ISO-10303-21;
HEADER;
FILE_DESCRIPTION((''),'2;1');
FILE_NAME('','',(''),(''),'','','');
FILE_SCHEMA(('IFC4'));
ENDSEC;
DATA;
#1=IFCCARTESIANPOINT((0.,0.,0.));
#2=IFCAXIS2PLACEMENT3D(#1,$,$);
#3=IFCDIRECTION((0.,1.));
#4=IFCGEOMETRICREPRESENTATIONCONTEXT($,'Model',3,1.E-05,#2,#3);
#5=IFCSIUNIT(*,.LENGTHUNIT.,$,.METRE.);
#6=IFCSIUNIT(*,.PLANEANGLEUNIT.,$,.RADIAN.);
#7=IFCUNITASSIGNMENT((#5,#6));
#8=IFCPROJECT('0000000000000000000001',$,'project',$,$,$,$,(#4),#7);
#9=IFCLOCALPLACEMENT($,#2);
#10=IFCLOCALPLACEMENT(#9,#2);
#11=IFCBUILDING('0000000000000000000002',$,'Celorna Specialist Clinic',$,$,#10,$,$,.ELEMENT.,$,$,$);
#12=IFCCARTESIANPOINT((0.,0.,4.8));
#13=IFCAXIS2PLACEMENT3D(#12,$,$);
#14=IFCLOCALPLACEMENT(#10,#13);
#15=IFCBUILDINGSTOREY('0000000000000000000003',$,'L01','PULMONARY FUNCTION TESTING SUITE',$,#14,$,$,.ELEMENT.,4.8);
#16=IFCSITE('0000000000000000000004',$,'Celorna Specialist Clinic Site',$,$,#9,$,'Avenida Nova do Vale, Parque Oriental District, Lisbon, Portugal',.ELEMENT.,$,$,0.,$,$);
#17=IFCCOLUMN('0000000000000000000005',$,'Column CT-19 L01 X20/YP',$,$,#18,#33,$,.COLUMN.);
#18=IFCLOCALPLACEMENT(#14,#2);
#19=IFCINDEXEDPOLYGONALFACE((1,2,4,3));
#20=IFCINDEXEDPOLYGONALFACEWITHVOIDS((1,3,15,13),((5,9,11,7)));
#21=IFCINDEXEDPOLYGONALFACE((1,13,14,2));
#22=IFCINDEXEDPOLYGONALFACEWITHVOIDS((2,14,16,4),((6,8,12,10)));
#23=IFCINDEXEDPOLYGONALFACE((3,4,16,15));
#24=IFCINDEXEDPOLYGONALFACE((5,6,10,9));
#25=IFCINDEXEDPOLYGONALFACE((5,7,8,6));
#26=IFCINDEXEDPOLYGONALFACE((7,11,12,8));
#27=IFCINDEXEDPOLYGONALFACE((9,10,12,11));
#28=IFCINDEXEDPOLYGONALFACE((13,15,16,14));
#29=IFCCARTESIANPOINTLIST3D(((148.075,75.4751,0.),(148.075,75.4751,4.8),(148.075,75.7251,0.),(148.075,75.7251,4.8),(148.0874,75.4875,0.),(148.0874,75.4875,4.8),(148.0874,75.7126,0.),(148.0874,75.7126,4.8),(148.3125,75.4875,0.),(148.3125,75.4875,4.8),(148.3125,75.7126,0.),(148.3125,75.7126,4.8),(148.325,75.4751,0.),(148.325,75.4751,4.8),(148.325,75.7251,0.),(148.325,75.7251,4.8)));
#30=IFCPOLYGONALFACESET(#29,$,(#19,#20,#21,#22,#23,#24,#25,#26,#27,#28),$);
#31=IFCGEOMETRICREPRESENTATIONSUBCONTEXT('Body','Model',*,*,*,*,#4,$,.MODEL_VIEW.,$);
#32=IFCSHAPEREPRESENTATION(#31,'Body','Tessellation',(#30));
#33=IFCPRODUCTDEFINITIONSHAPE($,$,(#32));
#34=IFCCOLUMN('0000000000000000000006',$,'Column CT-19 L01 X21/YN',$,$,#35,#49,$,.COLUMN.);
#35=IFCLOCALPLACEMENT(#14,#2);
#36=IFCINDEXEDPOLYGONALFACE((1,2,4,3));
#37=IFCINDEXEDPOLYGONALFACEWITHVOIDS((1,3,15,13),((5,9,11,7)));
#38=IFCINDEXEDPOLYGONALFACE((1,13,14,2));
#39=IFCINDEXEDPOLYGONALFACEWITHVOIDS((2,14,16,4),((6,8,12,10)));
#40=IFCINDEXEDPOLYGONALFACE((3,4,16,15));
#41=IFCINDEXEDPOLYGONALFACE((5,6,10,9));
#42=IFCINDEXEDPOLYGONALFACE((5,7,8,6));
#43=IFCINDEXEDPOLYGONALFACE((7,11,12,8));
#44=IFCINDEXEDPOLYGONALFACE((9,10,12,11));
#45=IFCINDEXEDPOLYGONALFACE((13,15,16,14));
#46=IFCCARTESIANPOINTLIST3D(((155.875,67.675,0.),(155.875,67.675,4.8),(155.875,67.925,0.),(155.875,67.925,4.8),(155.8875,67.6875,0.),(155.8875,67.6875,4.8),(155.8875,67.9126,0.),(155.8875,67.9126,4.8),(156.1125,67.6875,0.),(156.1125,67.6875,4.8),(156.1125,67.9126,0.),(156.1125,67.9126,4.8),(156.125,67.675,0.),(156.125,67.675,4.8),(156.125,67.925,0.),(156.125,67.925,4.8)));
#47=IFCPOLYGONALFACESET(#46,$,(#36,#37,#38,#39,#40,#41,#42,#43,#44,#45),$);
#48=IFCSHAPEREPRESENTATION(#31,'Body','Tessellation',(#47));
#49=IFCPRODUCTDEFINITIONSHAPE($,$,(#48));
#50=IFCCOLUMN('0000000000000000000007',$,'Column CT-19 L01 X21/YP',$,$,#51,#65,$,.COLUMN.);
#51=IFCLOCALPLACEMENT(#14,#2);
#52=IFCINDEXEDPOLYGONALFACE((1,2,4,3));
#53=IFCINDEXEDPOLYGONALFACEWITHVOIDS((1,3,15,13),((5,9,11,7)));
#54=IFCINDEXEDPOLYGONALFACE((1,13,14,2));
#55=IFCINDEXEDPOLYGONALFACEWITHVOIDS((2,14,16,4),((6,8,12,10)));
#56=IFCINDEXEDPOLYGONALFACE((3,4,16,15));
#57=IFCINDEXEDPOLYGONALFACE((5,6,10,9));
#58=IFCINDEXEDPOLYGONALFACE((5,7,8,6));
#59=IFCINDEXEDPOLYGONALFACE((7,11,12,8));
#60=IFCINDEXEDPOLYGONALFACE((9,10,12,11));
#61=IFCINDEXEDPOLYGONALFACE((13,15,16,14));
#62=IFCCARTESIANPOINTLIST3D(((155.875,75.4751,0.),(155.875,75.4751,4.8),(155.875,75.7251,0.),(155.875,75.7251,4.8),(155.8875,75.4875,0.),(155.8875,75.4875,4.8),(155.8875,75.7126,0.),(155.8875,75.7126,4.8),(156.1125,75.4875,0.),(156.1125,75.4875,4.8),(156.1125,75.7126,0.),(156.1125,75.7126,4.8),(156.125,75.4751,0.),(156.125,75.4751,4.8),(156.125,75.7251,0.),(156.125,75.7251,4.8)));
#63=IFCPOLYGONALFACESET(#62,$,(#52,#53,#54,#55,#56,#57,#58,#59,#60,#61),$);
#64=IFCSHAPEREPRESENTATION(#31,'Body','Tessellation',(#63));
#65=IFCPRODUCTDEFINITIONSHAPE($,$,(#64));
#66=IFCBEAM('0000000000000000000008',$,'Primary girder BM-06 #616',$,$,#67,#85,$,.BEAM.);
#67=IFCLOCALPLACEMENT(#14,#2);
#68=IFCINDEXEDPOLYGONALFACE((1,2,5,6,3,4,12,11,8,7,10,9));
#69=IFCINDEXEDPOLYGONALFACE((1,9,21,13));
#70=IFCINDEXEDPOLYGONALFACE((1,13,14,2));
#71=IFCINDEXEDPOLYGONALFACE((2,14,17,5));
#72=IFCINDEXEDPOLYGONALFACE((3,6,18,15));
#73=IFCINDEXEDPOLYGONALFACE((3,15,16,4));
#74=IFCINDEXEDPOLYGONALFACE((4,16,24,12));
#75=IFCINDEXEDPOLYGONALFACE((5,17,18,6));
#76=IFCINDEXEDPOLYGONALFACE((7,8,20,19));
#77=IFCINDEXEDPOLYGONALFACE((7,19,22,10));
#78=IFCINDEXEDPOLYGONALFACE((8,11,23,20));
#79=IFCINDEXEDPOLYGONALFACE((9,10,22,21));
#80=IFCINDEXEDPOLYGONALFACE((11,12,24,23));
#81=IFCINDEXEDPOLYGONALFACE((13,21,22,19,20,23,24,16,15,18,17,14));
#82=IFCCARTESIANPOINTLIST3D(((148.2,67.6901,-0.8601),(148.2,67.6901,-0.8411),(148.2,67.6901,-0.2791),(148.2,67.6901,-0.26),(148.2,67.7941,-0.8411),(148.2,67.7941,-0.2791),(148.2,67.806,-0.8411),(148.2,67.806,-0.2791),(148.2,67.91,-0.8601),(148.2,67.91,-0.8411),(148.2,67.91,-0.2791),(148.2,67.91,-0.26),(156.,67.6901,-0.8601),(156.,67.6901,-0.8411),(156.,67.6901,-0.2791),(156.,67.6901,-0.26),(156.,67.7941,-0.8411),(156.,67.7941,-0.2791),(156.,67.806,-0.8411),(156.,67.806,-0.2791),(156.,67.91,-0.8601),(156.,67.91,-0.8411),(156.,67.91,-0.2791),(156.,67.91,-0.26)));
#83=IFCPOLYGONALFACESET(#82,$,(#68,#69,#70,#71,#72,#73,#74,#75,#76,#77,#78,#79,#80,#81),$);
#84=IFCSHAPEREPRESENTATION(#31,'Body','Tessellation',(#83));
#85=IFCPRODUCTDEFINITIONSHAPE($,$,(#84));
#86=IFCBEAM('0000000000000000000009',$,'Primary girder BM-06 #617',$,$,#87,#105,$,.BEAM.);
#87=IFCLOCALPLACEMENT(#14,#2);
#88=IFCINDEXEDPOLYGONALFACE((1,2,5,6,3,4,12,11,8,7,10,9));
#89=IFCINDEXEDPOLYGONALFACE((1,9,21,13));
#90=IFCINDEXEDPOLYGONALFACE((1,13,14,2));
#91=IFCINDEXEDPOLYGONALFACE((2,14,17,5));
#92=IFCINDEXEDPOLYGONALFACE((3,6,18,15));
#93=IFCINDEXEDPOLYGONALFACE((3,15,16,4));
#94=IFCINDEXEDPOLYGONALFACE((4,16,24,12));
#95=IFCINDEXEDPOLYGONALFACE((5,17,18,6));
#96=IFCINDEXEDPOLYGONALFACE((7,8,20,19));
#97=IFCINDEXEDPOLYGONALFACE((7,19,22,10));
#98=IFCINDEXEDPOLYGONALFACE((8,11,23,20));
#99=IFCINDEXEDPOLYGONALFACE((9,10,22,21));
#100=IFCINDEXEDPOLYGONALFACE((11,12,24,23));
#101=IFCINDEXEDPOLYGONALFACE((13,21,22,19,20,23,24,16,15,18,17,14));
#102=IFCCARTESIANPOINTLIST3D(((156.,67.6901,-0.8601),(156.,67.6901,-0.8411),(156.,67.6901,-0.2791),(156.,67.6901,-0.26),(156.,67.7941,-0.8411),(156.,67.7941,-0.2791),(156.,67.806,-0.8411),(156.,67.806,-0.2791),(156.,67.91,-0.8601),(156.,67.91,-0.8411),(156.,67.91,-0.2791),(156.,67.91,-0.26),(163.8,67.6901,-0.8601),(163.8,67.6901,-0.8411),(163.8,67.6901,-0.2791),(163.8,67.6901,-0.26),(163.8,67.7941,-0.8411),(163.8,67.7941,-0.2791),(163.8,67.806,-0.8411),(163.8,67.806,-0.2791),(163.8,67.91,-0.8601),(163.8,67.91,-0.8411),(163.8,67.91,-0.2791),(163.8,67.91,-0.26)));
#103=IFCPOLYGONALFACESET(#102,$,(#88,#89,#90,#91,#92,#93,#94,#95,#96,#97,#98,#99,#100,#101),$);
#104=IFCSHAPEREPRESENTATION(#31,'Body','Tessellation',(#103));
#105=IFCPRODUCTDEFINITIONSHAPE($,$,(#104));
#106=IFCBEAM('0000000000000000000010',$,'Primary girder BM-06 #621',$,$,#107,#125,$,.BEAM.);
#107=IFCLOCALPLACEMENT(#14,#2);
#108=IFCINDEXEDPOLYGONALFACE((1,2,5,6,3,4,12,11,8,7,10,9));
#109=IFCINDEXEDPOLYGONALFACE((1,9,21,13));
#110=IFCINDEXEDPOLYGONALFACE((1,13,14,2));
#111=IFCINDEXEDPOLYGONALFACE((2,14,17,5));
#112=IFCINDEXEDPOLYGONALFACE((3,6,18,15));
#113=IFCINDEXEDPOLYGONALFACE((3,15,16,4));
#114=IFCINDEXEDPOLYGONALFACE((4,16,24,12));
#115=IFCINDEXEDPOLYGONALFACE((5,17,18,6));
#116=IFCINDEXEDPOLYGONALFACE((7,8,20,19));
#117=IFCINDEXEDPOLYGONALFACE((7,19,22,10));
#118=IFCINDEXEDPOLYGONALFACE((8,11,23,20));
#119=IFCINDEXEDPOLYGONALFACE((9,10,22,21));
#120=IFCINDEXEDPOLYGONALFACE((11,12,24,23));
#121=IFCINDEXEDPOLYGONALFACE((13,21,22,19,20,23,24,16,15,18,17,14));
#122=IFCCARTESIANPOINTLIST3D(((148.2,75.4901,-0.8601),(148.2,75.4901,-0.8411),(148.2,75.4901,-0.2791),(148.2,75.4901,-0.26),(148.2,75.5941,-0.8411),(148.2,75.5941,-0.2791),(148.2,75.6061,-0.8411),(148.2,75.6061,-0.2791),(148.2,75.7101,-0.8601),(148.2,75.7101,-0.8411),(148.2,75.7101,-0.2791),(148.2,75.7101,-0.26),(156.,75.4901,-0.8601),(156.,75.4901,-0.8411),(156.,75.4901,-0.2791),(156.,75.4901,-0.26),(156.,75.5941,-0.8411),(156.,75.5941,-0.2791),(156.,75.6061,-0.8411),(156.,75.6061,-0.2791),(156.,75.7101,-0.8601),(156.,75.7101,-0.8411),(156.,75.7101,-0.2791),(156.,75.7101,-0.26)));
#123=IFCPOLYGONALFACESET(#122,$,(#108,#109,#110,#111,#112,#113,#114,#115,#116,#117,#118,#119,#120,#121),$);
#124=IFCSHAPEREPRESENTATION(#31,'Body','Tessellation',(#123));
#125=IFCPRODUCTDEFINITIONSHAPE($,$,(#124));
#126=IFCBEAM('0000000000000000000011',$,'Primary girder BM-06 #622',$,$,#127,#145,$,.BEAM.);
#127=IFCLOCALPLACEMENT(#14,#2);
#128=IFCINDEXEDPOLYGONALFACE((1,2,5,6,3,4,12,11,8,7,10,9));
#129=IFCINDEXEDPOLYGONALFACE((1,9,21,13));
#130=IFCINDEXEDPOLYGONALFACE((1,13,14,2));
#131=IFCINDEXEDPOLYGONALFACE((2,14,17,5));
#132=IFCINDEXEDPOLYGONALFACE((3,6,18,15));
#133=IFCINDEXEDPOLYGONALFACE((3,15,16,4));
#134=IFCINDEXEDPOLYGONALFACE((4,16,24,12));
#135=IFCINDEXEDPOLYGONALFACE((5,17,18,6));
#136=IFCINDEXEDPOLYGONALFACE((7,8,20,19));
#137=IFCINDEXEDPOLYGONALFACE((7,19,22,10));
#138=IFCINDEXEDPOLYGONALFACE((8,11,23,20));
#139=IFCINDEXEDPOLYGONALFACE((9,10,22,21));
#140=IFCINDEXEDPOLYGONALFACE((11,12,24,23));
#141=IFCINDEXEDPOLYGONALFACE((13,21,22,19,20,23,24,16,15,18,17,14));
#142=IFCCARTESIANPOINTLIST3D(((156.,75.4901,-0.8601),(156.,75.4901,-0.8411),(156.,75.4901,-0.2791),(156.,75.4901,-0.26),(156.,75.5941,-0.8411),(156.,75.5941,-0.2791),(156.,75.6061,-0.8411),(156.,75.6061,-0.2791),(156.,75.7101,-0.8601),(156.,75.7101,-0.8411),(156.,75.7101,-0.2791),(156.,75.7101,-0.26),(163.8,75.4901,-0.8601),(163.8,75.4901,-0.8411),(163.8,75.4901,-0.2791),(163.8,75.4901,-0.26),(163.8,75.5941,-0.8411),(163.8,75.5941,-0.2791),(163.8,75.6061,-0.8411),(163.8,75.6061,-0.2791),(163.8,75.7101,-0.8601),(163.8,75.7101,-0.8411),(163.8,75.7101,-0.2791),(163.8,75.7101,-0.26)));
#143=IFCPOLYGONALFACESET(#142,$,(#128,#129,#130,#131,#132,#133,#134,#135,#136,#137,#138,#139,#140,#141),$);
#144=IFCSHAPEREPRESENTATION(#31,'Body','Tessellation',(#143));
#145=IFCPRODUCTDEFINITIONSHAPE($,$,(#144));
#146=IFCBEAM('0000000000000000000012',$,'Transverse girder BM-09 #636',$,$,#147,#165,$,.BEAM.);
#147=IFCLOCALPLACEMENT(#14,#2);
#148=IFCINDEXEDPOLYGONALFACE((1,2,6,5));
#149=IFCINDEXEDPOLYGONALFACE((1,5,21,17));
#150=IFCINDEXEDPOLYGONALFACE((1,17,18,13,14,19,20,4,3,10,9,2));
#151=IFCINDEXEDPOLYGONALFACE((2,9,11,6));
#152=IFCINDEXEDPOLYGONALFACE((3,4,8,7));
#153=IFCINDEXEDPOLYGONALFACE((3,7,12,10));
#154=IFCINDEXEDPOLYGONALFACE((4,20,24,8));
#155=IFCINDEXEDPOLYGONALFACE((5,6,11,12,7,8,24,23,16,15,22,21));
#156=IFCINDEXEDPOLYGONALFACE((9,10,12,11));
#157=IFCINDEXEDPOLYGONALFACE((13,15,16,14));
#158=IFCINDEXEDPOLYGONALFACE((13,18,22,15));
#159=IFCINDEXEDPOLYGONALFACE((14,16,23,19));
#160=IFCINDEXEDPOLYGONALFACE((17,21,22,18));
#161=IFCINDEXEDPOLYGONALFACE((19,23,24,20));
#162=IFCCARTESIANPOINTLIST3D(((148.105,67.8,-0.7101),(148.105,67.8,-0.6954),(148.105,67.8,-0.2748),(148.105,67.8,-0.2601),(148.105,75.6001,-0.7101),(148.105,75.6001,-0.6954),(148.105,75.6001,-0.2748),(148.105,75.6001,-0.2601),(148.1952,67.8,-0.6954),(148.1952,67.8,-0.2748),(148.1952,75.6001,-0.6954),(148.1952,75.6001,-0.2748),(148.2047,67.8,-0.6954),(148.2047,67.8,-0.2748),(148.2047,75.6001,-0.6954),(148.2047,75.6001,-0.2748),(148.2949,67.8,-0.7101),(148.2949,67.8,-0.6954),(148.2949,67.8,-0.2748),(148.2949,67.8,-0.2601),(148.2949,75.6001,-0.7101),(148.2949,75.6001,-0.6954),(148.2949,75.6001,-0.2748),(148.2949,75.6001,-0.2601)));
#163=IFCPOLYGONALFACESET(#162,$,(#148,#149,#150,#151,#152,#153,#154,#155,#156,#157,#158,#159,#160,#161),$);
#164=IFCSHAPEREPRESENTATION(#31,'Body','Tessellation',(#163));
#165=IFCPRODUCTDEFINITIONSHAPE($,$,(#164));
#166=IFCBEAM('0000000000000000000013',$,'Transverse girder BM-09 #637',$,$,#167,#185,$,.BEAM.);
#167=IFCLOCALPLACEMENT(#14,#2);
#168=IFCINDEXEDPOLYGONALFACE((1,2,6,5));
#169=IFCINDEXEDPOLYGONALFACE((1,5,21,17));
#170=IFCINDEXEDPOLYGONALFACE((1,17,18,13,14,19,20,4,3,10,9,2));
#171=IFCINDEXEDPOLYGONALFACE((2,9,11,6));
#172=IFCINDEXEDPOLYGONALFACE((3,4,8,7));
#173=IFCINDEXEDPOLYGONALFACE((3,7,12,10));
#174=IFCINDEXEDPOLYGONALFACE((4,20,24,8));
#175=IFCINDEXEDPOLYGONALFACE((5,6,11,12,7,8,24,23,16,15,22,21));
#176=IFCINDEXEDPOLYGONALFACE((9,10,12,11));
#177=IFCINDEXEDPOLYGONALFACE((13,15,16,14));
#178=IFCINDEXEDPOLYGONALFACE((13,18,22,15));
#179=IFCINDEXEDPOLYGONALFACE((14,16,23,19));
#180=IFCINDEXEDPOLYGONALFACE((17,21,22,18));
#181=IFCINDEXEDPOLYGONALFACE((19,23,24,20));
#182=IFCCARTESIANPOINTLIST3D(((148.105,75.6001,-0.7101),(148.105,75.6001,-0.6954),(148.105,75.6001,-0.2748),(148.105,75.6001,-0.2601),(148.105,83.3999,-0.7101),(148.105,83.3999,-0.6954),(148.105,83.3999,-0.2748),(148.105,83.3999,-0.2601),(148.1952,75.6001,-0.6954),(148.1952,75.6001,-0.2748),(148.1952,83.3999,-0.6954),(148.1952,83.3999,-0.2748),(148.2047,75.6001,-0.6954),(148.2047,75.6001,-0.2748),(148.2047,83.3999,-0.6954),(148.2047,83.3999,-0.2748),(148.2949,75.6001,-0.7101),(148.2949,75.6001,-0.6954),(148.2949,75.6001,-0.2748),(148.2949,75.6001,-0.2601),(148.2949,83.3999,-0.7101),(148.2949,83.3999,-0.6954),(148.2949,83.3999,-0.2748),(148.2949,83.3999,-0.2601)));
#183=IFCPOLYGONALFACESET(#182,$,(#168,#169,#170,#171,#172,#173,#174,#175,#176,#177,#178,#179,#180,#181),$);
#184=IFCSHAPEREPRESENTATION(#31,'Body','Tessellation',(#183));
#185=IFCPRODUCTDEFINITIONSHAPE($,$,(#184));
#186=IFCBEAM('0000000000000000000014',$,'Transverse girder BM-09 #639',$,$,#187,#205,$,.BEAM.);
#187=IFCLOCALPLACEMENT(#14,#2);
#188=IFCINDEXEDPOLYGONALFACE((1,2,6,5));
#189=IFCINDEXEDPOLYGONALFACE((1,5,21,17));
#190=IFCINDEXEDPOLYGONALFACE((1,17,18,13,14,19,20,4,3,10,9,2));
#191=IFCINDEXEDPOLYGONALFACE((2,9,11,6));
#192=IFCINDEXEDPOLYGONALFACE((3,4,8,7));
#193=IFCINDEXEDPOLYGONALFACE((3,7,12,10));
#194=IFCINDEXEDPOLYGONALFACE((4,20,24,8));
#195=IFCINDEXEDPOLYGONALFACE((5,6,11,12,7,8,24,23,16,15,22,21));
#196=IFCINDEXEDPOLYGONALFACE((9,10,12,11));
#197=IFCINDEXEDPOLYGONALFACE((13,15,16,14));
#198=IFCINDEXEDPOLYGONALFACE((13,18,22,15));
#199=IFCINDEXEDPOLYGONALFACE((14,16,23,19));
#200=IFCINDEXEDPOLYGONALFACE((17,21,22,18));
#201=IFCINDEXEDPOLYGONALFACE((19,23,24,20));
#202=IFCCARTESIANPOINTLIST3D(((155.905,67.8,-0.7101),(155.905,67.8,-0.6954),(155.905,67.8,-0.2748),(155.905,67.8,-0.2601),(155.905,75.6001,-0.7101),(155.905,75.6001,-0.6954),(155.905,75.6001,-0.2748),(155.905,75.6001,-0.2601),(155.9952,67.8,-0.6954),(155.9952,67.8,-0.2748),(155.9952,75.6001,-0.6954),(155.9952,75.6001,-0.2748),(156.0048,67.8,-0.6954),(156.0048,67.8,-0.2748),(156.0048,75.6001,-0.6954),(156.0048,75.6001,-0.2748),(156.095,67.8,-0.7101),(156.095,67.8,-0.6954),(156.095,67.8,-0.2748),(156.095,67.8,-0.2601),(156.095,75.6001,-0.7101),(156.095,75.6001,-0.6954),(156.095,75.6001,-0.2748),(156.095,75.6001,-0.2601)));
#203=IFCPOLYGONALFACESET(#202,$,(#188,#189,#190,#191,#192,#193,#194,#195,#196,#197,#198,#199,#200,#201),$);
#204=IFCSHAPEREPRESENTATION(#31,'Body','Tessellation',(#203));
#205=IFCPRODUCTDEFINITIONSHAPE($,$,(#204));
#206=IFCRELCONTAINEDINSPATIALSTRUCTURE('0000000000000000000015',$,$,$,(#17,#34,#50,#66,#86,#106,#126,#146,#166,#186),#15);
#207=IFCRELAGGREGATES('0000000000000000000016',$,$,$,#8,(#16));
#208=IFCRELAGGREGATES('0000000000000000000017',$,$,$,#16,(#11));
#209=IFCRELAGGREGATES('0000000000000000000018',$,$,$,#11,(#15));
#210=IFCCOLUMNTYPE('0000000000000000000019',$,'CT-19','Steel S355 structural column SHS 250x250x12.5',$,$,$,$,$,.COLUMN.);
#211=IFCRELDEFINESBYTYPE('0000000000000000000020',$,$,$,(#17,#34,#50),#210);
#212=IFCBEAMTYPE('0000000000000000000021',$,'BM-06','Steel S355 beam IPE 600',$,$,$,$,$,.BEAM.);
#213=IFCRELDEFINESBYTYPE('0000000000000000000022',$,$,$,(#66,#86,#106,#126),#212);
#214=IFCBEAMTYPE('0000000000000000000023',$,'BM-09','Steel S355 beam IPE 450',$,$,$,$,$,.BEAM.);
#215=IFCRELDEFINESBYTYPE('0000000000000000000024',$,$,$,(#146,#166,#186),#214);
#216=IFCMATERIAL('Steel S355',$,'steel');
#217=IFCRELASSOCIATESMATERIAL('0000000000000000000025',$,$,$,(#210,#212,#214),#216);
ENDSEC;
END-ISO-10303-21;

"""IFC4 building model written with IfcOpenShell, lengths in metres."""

from ifc_helpers import new_model, si_unit, direction, frame, origin, origin_2d, place, context, subcontext, project, spatial, hollow_rectangle, i_section, extrude, material, material_profile, profile_set, type_object, element, save


model = new_model("IFC4")

# Units and contexts
model_context = context("Model", 3, precision=1e-05, world=origin(), true_north=direction((0.0, 1.0)))
body_context = subcontext(model_context, "Body", "Model", "MODEL_VIEW")
ifc_project = project(units=[si_unit("LENGTHUNIT", "METRE"), si_unit("PLANEANGLEUNIT", "RADIAN")], contexts=[model_context])

# Site, building, storey
site_placement = place(None, origin())
site = spatial("IfcSite", under=ifc_project, at=site_placement, Name="Celorna Specialist Clinic Site", LongName="Avenida Nova do Vale, Parque Oriental District, Lisbon, Portugal", CompositionType="ELEMENT", RefElevation=0.0)
building_placement = place(site_placement, origin())
building = spatial("IfcBuilding", under=site, at=building_placement, Name="Celorna Specialist Clinic", CompositionType="ELEMENT")
storey_placement = place(building_placement, frame((0.0, 0.0, 4.8)))
storey = spatial("IfcBuildingStorey", under=building, at=storey_placement, Name="L01", Description="PULMONARY FUNCTION TESTING SUITE", CompositionType="ELEMENT", Elevation=4.8)

# Columns
ifc_material_1 = material(Name="Steel S355", Category="steel")
ifc_material_profile_1 = material_profile(ifc_material_1, hollow_rectangle(XDim=0.25, YDim=0.25, WallThickness=0.0125, at=origin_2d()), Name="SHS 250x250x12.5")
ifc_profile_set_1 = profile_set([ifc_material_profile_1], Name="Steel S355")
column_type = type_object("IfcColumnType", Name="CT-19", Description="Steel S355 structural column SHS 250x250x12.5", PredefinedType="COLUMN", material=ifc_profile_set_1)
for number, where, z_axis, x_axis, name in (
    (1, (148.2, 75.6001, 0.0), (0.0, 0.0, 1.0), (1.0, 0.0, 0.0), "Column CT-19 L01 X20/YP"),
    (2, (156.0, 67.8, 0.0), (0.0, 0.0, 1.0), (1.0, 0.0, 0.0), "Column CT-19 L01 X21/YN"),
    (3, (156.0, 75.6001, 0.0), (0.0, 0.0, 1.0), (1.0, 0.0, 0.0), "Column CT-19 L01 X21/YP"),
):
    element("IfcColumn", number, at=place(storey_placement, frame(where, z_axis=z_axis, x_axis=x_axis)), inside=storey, type_object=column_type, Name=name, PredefinedType="COLUMN", context=body_context, shape_type="SweptSolid", body=[
        extrude(hollow_rectangle(XDim=0.25, YDim=0.25, WallThickness=0.0125, at=origin_2d()), origin(), (0.0, 0.0, 1.0), 4.8),
    ])

# Beams
ifc_material_profile_2 = material_profile(ifc_material_1, i_section(OverallWidth=0.22, OverallDepth=0.6001, WebThickness=0.012, FlangeThickness=0.019, at=origin_2d()), Name="IPE 600")
ifc_profile_set_2 = profile_set([ifc_material_profile_2], Name="Steel S355")
beam_type_1 = type_object("IfcBeamType", Name="BM-06", Description="Steel S355 beam IPE 600", PredefinedType="BEAM", material=ifc_profile_set_2)
for number, where, z_axis, x_axis, name in (
    (4, (148.2, 67.8, -0.5601), (1.0, 0.0, 0.0), (0.0, 1.0, 0.0), "Primary girder BM-06 #616"),
    (5, (156.0, 67.8, -0.5601), (1.0, 0.0, 0.0), (0.0, 1.0, 0.0), "Primary girder BM-06 #617"),
    (6, (148.2, 75.6001, -0.5601), (1.0, 0.0, 0.0), (0.0, 1.0, 0.0), "Primary girder BM-06 #621"),
    (7, (156.0, 75.6001, -0.5601), (1.0, 0.0, 0.0), (0.0, 1.0, 0.0), "Primary girder BM-06 #622"),
):
    element("IfcBeam", number, at=place(storey_placement, frame(where, z_axis=z_axis, x_axis=x_axis)), inside=storey, type_object=beam_type_1, Name=name, PredefinedType="BEAM", context=body_context, shape_type="SweptSolid", body=[
        extrude(i_section(OverallWidth=0.22, OverallDepth=0.6001, WebThickness=0.012, FlangeThickness=0.019, at=origin_2d()), origin(), (0.0, 0.0, 1.0), 7.8),
    ])
ifc_material_profile_3 = material_profile(ifc_material_1, i_section(OverallWidth=0.1899, OverallDepth=0.45, WebThickness=0.0095, FlangeThickness=0.0146, at=origin_2d()), Name="IPE 450")
ifc_profile_set_3 = profile_set([ifc_material_profile_3], Name="Steel S355")
beam_type_2 = type_object("IfcBeamType", Name="BM-09", Description="Steel S355 beam IPE 450", PredefinedType="BEAM", material=ifc_profile_set_3)
beam_1_placement = place(storey_placement, frame((148.2, 67.8, -0.4851), z_axis=(0.0, 1.0, 0.0), x_axis=(-1.0, 0.0, 0.0)))
element("IfcBeam", 8, at=beam_1_placement, inside=storey, type_object=beam_type_2, Name="Transverse girder BM-09 #636", PredefinedType="BEAM", context=body_context, shape_type="SweptSolid", body=[
    extrude(i_section(OverallWidth=0.1899, OverallDepth=0.45, WebThickness=0.0095, FlangeThickness=0.0146, at=origin_2d()), origin(), (0.0, 0.0, 1.0), 7.8),
])
beam_2_placement = place(storey_placement, frame((148.2, 75.6001, -0.4851), z_axis=(0.0, 1.0, 0.0), x_axis=(-1.0, 0.0, 0.0)))
element("IfcBeam", 9, at=beam_2_placement, inside=storey, type_object=beam_type_2, Name="Transverse girder BM-09 #637", PredefinedType="BEAM", context=body_context, shape_type="SweptSolid", body=[
    extrude(i_section(OverallWidth=0.1899, OverallDepth=0.45, WebThickness=0.0095, FlangeThickness=0.0146, at=origin_2d()), origin(), (0.0, 0.0, 1.0), 7.7998),
])
beam_3_placement = place(storey_placement, frame((156.0, 67.8, -0.4851), z_axis=(0.0, 1.0, 0.0), x_axis=(-1.0, 0.0, 0.0)))
element("IfcBeam", 10, at=beam_3_placement, inside=storey, type_object=beam_type_2, Name="Transverse girder BM-09 #639", PredefinedType="BEAM", context=body_context, shape_type="SweptSolid", body=[
    extrude(i_section(OverallWidth=0.1899, OverallDepth=0.45, WebThickness=0.0095, FlangeThickness=0.0146, at=origin_2d()), origin(), (0.0, 0.0, 1.0), 7.8),
])

save(model, "model.ifc")
